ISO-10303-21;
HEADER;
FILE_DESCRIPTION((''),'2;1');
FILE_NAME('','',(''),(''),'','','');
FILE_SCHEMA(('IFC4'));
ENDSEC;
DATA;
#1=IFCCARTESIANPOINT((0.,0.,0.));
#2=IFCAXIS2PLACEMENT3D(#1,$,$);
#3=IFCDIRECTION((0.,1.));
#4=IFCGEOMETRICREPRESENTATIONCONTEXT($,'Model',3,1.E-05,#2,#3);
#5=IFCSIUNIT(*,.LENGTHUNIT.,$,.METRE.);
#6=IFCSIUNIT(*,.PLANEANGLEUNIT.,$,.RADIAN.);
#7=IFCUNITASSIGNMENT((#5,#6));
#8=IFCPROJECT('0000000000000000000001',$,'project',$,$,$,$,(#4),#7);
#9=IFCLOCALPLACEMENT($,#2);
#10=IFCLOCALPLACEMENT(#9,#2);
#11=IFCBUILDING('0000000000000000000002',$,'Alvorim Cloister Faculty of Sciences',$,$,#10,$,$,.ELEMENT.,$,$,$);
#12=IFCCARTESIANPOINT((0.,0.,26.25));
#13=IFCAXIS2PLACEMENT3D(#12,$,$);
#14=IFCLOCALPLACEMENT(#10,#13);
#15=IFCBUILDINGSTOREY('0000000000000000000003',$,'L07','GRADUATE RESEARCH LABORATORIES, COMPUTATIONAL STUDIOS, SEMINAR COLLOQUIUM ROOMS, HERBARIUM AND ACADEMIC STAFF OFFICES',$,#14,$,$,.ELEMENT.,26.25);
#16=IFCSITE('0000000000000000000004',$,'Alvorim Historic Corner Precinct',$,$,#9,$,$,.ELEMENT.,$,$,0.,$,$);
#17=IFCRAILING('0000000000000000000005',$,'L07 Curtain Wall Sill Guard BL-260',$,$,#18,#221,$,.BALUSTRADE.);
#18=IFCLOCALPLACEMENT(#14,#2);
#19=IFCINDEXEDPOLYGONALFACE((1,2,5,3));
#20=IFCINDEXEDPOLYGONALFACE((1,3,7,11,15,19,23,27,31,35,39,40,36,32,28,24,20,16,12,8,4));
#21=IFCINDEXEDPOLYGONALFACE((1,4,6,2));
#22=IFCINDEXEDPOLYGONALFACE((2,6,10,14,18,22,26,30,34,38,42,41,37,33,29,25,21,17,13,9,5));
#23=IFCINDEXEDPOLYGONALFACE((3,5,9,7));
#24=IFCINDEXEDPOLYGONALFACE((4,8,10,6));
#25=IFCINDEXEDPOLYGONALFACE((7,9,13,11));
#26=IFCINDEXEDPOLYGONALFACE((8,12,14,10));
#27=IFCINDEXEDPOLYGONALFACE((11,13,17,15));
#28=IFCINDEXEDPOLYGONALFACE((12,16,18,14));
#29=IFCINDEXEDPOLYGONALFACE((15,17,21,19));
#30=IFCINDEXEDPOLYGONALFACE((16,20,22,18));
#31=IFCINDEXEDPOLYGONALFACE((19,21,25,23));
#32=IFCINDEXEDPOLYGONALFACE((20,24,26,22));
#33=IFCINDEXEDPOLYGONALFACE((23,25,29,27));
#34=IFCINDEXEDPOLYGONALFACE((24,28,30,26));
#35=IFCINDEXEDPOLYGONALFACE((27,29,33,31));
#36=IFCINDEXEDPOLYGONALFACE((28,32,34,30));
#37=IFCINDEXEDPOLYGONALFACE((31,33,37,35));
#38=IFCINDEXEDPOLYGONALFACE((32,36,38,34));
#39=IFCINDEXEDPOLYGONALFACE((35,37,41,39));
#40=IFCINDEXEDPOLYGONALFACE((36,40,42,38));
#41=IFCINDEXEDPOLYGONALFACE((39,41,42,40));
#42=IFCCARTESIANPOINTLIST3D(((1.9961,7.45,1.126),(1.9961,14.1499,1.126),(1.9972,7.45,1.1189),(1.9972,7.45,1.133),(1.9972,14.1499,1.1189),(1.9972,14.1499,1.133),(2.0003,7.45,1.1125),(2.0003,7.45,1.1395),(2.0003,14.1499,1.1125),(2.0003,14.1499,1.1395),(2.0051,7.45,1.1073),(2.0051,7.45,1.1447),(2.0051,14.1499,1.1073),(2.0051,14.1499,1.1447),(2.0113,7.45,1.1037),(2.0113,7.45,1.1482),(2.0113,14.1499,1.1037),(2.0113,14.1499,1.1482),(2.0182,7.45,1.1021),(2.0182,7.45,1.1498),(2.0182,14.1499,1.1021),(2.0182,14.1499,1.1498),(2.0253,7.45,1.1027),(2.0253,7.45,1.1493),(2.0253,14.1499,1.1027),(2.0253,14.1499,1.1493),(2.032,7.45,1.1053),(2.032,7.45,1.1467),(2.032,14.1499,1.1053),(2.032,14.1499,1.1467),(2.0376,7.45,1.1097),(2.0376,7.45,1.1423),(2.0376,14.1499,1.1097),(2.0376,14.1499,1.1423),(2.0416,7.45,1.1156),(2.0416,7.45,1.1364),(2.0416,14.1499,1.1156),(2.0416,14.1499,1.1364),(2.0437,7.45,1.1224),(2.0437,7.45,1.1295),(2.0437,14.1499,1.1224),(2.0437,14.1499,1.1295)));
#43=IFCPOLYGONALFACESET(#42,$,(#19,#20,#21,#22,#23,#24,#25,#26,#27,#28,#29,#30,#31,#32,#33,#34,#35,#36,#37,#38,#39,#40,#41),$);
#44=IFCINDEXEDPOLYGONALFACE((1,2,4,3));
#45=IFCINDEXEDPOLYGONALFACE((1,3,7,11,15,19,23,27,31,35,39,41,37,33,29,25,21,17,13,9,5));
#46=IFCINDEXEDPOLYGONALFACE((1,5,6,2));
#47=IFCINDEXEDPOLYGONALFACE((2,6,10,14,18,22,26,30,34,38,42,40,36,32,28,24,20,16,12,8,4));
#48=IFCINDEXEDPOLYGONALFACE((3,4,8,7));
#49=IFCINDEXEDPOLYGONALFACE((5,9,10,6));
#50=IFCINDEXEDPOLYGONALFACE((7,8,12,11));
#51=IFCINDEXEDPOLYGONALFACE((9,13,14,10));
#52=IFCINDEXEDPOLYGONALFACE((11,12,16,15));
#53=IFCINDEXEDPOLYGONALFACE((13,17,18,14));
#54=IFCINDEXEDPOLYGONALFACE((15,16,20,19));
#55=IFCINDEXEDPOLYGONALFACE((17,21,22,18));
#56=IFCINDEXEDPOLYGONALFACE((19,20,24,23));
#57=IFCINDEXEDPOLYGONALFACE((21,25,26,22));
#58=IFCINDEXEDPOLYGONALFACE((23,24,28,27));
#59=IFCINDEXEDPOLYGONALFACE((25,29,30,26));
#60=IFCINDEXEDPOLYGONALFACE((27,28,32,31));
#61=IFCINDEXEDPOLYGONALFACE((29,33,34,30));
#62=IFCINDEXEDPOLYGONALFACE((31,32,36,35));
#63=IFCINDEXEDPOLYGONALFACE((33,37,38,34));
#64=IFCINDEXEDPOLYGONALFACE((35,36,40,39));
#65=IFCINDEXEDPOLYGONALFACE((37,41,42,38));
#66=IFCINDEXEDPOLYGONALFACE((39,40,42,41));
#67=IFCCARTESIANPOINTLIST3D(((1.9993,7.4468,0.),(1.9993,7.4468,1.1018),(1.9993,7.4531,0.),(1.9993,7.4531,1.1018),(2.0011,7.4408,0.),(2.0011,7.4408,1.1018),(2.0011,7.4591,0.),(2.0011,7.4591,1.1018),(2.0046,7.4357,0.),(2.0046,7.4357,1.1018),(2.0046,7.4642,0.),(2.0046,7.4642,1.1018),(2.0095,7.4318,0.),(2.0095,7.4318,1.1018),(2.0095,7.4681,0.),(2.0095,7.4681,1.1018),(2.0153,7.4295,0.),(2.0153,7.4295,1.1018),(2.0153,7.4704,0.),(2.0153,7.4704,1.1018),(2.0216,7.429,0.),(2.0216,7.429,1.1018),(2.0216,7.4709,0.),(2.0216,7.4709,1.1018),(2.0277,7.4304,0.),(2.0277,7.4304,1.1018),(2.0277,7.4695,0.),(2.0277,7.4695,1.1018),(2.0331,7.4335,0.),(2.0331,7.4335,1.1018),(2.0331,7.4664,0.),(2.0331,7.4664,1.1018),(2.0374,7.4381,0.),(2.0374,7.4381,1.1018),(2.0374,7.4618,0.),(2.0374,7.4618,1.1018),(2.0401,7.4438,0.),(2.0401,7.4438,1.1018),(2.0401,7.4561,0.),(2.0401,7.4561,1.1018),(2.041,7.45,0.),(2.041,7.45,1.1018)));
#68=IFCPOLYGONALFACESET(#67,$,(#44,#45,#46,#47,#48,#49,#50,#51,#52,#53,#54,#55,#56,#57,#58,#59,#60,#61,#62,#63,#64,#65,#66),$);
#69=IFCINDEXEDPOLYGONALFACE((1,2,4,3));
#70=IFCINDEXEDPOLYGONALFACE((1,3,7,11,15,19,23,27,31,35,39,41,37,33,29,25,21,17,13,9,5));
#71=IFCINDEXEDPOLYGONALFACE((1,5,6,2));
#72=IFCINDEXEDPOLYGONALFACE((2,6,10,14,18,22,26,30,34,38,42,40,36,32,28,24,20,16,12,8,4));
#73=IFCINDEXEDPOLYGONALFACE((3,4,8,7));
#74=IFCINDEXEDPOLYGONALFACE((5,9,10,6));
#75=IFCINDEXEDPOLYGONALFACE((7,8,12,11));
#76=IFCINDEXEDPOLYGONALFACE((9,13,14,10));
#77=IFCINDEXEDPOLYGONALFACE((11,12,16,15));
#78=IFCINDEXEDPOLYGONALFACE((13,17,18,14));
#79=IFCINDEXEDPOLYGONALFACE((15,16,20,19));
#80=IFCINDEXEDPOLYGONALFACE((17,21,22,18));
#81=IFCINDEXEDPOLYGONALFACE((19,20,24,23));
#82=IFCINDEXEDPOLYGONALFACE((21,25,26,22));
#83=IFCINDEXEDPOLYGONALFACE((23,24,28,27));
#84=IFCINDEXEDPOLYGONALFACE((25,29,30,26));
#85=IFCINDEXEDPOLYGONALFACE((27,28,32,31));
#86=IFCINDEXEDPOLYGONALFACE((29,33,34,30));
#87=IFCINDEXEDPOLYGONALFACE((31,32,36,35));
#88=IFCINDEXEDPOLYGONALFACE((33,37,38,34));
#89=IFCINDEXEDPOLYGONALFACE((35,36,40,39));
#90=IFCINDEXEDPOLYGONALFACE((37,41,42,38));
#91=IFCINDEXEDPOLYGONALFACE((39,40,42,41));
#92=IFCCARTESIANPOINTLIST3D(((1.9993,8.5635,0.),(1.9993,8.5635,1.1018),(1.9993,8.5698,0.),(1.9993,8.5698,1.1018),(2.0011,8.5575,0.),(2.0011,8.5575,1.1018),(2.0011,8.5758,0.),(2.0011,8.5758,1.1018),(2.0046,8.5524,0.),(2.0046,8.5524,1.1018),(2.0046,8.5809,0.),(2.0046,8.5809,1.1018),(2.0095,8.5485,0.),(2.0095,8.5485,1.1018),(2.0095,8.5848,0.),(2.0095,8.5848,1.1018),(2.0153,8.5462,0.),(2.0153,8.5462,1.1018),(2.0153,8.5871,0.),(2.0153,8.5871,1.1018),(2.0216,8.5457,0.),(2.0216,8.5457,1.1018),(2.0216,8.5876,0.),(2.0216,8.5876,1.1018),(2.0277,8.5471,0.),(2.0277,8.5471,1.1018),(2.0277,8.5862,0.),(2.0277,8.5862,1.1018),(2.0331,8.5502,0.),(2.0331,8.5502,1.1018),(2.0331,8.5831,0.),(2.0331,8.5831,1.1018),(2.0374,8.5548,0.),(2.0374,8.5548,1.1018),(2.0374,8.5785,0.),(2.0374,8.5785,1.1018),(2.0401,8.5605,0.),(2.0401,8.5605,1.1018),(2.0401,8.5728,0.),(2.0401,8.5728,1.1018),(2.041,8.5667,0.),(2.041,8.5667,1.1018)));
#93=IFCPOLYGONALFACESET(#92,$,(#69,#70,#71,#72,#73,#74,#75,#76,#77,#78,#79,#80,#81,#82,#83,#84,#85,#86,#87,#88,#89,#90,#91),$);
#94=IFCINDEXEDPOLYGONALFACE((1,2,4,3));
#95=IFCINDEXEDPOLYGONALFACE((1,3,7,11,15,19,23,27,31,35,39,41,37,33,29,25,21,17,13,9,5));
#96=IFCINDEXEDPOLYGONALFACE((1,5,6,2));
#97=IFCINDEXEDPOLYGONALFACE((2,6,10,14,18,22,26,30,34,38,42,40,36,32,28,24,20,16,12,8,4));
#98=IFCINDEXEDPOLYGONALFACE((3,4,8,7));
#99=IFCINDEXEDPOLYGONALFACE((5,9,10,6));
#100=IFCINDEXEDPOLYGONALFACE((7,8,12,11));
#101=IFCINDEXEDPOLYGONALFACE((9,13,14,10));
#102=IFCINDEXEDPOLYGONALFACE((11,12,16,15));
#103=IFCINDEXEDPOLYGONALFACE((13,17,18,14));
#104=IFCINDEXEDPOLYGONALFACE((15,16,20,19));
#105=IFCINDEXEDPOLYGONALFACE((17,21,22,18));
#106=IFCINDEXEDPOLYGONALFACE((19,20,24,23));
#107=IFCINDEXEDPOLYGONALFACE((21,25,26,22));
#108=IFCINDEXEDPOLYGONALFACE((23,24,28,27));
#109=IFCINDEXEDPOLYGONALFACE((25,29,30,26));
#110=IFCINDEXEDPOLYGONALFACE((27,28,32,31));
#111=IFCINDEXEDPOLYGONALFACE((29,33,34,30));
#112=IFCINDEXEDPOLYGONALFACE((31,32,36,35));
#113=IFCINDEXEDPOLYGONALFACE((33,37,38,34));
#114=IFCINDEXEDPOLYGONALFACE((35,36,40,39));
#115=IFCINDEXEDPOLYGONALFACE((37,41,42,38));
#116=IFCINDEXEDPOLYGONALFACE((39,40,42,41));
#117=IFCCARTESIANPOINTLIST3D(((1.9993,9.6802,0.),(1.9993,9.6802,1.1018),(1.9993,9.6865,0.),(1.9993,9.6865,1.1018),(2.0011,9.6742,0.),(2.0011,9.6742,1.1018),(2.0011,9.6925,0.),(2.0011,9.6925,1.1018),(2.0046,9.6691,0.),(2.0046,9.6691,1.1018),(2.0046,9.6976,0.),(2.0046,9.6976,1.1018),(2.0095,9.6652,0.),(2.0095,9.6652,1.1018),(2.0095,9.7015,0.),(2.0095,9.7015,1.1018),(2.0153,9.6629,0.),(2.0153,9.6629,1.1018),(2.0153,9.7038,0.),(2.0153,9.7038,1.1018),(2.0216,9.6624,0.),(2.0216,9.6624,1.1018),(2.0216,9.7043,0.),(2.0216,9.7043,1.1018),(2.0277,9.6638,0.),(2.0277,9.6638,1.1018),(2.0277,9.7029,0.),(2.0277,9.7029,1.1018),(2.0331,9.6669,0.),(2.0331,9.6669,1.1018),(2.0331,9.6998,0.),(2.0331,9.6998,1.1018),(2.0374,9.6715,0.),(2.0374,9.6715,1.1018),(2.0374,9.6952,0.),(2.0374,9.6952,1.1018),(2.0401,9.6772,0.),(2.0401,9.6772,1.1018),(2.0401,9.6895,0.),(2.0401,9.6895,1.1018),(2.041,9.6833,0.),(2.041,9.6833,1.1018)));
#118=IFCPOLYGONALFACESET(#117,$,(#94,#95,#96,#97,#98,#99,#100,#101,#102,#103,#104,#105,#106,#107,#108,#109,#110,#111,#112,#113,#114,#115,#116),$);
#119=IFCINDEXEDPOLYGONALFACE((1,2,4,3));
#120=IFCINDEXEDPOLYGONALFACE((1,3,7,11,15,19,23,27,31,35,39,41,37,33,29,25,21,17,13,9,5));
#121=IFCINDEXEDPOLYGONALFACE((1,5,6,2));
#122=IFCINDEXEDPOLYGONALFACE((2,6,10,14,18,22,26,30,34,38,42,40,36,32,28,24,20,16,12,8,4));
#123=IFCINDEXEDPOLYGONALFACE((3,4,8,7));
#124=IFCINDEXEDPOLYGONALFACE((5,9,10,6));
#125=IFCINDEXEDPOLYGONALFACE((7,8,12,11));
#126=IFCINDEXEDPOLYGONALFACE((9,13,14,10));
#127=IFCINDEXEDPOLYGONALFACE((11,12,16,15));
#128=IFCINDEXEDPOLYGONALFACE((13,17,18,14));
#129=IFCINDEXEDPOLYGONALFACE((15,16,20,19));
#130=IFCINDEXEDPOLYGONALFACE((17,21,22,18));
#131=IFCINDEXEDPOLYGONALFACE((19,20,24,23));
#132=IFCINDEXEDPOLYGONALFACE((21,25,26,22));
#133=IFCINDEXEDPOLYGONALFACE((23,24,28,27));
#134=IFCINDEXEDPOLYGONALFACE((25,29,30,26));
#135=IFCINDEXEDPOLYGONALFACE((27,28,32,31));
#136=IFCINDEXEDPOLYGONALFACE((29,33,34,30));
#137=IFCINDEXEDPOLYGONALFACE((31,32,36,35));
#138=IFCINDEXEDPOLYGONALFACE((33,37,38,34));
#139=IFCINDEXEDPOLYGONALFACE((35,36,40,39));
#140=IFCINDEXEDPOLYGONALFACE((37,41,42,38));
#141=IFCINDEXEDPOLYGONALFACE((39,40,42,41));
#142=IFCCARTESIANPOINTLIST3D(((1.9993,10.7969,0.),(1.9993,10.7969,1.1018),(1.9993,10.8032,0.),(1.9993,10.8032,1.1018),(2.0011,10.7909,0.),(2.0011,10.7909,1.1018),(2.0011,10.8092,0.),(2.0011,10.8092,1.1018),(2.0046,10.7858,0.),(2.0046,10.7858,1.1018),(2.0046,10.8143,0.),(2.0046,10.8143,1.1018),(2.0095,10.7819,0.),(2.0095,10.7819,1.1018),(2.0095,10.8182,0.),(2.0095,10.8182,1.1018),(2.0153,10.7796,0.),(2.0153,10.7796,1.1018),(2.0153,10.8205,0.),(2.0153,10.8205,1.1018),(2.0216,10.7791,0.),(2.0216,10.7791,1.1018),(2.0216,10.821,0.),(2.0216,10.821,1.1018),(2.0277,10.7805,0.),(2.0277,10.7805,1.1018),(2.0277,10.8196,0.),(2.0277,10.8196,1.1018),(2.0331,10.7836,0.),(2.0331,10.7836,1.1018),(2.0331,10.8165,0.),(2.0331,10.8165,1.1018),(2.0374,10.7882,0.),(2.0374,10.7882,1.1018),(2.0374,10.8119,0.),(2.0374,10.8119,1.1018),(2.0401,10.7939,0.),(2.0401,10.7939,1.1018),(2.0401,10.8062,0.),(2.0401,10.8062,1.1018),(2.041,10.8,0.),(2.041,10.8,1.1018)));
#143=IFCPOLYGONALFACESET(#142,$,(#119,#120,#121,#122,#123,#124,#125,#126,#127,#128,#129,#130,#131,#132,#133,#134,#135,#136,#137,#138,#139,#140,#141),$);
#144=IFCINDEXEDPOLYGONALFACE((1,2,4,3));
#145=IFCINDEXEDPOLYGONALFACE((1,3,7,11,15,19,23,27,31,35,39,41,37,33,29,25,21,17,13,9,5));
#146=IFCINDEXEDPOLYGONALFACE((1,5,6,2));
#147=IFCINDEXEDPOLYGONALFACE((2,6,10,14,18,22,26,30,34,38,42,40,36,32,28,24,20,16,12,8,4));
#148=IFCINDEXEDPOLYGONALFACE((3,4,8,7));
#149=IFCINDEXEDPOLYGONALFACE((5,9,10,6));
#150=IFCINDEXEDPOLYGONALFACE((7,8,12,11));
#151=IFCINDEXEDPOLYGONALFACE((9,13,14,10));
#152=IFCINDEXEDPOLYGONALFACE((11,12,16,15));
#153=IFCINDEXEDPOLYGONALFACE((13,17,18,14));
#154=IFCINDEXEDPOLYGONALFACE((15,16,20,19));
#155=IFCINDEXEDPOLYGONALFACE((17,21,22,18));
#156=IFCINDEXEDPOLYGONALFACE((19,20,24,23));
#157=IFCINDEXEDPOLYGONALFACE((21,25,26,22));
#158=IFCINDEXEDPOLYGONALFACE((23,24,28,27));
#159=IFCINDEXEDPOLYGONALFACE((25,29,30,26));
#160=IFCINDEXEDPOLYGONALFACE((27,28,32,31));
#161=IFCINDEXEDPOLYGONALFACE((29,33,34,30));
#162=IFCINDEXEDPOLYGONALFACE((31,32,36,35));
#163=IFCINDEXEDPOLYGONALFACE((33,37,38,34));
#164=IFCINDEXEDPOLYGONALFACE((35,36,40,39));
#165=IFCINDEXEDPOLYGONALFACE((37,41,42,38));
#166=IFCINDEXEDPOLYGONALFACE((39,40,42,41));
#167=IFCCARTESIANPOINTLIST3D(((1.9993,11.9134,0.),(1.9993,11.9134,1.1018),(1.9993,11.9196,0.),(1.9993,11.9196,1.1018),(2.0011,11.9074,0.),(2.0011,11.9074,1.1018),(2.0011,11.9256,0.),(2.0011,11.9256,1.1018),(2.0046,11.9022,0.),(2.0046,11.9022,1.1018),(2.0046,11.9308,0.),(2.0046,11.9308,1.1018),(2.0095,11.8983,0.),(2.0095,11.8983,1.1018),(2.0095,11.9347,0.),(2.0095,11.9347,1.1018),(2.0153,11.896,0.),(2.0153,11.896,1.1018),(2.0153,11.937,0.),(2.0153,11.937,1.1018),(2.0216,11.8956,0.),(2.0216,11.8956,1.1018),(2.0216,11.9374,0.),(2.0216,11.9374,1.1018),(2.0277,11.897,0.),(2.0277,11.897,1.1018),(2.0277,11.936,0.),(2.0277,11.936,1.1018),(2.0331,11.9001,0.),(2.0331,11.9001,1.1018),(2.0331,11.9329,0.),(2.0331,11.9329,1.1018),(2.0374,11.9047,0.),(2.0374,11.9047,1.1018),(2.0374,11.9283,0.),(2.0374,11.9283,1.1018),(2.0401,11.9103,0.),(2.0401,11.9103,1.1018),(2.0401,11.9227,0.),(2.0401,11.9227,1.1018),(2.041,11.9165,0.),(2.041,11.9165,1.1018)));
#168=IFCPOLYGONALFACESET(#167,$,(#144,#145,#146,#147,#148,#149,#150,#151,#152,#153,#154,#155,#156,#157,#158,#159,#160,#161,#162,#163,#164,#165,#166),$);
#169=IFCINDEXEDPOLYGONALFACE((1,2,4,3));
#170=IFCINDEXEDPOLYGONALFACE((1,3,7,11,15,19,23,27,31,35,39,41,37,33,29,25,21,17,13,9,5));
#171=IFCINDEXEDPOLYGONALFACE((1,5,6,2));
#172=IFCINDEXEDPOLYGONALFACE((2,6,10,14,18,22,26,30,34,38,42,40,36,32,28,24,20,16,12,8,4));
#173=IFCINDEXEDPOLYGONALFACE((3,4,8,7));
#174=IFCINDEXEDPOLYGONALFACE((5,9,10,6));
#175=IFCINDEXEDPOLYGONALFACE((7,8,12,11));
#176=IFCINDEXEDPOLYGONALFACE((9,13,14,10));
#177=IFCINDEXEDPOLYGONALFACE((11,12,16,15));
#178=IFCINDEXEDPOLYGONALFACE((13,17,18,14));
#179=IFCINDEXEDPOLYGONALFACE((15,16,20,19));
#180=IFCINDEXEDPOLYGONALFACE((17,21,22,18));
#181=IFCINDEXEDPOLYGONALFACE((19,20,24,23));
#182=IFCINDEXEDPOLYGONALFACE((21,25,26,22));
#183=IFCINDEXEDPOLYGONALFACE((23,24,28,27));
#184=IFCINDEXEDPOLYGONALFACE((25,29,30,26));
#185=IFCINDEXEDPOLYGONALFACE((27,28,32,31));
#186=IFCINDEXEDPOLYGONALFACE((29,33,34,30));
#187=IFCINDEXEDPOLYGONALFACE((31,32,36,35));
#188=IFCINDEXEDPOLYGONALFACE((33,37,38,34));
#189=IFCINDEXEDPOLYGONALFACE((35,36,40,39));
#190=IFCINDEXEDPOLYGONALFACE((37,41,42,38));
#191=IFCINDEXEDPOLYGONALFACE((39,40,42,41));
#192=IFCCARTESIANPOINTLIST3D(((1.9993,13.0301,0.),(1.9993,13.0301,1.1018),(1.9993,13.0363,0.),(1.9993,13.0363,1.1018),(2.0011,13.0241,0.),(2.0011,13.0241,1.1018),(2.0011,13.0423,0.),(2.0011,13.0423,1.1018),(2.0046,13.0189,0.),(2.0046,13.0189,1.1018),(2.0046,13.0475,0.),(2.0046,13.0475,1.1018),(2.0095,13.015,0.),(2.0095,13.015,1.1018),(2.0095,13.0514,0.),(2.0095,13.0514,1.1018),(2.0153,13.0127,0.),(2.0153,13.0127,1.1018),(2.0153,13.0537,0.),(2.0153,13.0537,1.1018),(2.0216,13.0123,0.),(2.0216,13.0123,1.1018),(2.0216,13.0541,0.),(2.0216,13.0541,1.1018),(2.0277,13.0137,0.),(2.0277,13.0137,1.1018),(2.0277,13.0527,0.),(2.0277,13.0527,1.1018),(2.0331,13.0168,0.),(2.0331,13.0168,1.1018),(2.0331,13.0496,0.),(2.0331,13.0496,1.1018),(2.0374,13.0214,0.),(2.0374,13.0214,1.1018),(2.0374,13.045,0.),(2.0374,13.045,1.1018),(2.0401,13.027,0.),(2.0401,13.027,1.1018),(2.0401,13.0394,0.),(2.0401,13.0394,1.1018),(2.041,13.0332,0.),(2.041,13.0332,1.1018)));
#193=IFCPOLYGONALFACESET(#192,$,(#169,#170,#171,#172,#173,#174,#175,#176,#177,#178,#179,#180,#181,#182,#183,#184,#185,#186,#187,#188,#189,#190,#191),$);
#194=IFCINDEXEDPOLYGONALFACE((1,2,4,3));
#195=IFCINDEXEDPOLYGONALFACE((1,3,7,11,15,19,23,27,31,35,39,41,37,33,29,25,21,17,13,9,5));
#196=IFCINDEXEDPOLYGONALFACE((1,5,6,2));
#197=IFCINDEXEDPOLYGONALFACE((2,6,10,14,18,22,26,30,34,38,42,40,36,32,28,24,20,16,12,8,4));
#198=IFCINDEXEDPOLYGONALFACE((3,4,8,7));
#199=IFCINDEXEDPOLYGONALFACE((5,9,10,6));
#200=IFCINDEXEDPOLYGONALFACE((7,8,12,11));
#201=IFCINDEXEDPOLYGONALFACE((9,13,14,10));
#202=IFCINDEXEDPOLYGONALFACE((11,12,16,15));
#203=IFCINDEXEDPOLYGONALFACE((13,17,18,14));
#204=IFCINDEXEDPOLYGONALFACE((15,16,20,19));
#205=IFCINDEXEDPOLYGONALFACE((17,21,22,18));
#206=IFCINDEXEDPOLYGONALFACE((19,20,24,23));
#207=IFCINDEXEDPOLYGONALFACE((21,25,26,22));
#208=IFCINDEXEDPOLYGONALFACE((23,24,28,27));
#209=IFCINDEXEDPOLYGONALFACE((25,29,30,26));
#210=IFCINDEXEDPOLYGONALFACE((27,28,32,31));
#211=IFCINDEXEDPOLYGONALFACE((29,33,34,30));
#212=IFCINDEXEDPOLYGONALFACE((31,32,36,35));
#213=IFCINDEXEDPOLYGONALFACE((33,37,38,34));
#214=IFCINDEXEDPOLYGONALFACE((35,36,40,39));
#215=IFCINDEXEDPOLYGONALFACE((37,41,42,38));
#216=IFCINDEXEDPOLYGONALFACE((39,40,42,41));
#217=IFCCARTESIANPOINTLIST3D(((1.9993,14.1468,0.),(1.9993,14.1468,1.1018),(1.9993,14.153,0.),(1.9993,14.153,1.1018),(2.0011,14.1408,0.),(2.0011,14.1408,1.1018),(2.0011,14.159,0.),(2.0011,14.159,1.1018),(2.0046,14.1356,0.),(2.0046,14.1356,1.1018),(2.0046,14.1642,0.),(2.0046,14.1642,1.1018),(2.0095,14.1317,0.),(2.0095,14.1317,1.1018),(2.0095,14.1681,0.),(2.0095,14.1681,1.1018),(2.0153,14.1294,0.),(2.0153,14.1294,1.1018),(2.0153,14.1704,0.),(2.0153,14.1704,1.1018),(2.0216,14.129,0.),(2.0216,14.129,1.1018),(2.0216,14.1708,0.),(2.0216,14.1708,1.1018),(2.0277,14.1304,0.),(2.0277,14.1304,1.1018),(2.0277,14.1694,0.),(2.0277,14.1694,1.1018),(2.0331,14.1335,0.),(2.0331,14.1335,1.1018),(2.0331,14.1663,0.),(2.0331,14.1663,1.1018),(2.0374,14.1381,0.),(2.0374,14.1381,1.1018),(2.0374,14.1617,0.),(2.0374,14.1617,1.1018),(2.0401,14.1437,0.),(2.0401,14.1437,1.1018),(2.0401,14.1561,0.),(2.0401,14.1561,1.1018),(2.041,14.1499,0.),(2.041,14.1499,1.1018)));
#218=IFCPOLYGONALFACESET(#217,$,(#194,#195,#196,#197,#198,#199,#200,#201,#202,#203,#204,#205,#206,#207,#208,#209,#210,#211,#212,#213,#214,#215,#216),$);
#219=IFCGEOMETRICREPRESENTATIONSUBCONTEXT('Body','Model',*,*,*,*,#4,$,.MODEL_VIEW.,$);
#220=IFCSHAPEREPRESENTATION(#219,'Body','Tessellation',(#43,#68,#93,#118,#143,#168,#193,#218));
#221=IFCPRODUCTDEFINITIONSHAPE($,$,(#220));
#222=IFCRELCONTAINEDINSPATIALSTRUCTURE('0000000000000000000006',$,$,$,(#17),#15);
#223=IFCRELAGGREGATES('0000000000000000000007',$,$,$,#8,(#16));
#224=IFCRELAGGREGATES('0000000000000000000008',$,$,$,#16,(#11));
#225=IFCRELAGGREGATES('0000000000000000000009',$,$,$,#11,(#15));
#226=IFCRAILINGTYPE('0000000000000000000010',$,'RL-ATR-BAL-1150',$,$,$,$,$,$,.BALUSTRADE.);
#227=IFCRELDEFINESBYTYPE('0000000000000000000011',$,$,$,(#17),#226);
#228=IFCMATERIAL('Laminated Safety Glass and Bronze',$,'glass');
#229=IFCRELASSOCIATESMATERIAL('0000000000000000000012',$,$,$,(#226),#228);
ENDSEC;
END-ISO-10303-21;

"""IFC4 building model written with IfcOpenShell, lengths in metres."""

from ifc_helpers import new_model, si_unit, direction, frame, origin, origin_2d, place, context, subcontext, project, spatial, circle, extrude, material, type_object, element, save


model = new_model("IFC4")

# Units and contexts
model_context = context("Model", 3, precision=1e-05, world=origin(), true_north=direction((0.0, 1.0)))
body_context = subcontext(model_context, "Body", "Model", "MODEL_VIEW")
ifc_project = project(units=[si_unit("LENGTHUNIT", "METRE"), si_unit("PLANEANGLEUNIT", "RADIAN")], contexts=[model_context])

# Site, building, storey
site_placement = place(None, origin())
site = spatial("IfcSite", under=ifc_project, at=site_placement, Name="Alvorim Historic Corner Precinct", CompositionType="ELEMENT", RefElevation=0.0)
building_placement = place(site_placement, origin())
building = spatial("IfcBuilding", under=site, at=building_placement, Name="Alvorim Cloister Faculty of Sciences", CompositionType="ELEMENT")
storey_placement = place(building_placement, frame((0.0, 0.0, 26.25)))
storey = spatial("IfcBuildingStorey", under=building, at=storey_placement, Name="L07", Description="GRADUATE RESEARCH LABORATORIES, COMPUTATIONAL STUDIOS, SEMINAR COLLOQUIUM ROOMS, HERBARIUM AND ACADEMIC STAFF OFFICES", CompositionType="ELEMENT", Elevation=26.25)

# Railing
ifc_material_1 = material(Name="Laminated Safety Glass and Bronze", Category="glass")
railing_type = type_object("IfcRailingType", Name="RL-ATR-BAL-1150", PredefinedType="BALUSTRADE", material=ifc_material_1)
railing_1_placement = place(storey_placement, frame((2.02, 7.45, 0.0)))
element("IfcRailing", 1, at=railing_1_placement, inside=storey, type_object=railing_type, Name="L07 Curtain Wall Sill Guard BL-260", PredefinedType="BALUSTRADE", context=body_context, shape_type="SweptSolid", body=[
    extrude(circle(Radius=0.0239, at=origin_2d()), frame((0.0, 0.0, 1.126), z_axis=(0.0, 1.0, 0.0), x_axis=(-1.0, 0.0, 0.0)), (0.0, 0.0, 1.0), 6.7),
    extrude(circle(Radius=0.021, at=origin_2d()), origin(), (0.0, 0.0, 1.0), 1.1018),
    extrude(circle(Radius=0.021, at=origin_2d()), frame((0.0, 1.1167, 0.0)), (0.0, 0.0, 1.0), 1.1018),
    extrude(circle(Radius=0.021, at=origin_2d()), frame((0.0, 2.2334, 0.0)), (0.0, 0.0, 1.0), 1.1018),
    extrude(circle(Radius=0.021, at=origin_2d()), frame((0.0, 3.3501, 0.0)), (0.0, 0.0, 1.0), 1.1018),
    extrude(circle(Radius=0.021, at=origin_2d()), frame((0.0, 4.4666, 0.0)), (0.0, 0.0, 1.0), 1.1018),
    extrude(circle(Radius=0.021, at=origin_2d()), frame((0.0, 5.5833, 0.0)), (0.0, 0.0, 1.0), 1.1018),
    extrude(circle(Radius=0.021, at=origin_2d()), frame((0.0, 6.7, 0.0)), (0.0, 0.0, 1.0), 1.1018),
])

save(model, "model.ifc")
